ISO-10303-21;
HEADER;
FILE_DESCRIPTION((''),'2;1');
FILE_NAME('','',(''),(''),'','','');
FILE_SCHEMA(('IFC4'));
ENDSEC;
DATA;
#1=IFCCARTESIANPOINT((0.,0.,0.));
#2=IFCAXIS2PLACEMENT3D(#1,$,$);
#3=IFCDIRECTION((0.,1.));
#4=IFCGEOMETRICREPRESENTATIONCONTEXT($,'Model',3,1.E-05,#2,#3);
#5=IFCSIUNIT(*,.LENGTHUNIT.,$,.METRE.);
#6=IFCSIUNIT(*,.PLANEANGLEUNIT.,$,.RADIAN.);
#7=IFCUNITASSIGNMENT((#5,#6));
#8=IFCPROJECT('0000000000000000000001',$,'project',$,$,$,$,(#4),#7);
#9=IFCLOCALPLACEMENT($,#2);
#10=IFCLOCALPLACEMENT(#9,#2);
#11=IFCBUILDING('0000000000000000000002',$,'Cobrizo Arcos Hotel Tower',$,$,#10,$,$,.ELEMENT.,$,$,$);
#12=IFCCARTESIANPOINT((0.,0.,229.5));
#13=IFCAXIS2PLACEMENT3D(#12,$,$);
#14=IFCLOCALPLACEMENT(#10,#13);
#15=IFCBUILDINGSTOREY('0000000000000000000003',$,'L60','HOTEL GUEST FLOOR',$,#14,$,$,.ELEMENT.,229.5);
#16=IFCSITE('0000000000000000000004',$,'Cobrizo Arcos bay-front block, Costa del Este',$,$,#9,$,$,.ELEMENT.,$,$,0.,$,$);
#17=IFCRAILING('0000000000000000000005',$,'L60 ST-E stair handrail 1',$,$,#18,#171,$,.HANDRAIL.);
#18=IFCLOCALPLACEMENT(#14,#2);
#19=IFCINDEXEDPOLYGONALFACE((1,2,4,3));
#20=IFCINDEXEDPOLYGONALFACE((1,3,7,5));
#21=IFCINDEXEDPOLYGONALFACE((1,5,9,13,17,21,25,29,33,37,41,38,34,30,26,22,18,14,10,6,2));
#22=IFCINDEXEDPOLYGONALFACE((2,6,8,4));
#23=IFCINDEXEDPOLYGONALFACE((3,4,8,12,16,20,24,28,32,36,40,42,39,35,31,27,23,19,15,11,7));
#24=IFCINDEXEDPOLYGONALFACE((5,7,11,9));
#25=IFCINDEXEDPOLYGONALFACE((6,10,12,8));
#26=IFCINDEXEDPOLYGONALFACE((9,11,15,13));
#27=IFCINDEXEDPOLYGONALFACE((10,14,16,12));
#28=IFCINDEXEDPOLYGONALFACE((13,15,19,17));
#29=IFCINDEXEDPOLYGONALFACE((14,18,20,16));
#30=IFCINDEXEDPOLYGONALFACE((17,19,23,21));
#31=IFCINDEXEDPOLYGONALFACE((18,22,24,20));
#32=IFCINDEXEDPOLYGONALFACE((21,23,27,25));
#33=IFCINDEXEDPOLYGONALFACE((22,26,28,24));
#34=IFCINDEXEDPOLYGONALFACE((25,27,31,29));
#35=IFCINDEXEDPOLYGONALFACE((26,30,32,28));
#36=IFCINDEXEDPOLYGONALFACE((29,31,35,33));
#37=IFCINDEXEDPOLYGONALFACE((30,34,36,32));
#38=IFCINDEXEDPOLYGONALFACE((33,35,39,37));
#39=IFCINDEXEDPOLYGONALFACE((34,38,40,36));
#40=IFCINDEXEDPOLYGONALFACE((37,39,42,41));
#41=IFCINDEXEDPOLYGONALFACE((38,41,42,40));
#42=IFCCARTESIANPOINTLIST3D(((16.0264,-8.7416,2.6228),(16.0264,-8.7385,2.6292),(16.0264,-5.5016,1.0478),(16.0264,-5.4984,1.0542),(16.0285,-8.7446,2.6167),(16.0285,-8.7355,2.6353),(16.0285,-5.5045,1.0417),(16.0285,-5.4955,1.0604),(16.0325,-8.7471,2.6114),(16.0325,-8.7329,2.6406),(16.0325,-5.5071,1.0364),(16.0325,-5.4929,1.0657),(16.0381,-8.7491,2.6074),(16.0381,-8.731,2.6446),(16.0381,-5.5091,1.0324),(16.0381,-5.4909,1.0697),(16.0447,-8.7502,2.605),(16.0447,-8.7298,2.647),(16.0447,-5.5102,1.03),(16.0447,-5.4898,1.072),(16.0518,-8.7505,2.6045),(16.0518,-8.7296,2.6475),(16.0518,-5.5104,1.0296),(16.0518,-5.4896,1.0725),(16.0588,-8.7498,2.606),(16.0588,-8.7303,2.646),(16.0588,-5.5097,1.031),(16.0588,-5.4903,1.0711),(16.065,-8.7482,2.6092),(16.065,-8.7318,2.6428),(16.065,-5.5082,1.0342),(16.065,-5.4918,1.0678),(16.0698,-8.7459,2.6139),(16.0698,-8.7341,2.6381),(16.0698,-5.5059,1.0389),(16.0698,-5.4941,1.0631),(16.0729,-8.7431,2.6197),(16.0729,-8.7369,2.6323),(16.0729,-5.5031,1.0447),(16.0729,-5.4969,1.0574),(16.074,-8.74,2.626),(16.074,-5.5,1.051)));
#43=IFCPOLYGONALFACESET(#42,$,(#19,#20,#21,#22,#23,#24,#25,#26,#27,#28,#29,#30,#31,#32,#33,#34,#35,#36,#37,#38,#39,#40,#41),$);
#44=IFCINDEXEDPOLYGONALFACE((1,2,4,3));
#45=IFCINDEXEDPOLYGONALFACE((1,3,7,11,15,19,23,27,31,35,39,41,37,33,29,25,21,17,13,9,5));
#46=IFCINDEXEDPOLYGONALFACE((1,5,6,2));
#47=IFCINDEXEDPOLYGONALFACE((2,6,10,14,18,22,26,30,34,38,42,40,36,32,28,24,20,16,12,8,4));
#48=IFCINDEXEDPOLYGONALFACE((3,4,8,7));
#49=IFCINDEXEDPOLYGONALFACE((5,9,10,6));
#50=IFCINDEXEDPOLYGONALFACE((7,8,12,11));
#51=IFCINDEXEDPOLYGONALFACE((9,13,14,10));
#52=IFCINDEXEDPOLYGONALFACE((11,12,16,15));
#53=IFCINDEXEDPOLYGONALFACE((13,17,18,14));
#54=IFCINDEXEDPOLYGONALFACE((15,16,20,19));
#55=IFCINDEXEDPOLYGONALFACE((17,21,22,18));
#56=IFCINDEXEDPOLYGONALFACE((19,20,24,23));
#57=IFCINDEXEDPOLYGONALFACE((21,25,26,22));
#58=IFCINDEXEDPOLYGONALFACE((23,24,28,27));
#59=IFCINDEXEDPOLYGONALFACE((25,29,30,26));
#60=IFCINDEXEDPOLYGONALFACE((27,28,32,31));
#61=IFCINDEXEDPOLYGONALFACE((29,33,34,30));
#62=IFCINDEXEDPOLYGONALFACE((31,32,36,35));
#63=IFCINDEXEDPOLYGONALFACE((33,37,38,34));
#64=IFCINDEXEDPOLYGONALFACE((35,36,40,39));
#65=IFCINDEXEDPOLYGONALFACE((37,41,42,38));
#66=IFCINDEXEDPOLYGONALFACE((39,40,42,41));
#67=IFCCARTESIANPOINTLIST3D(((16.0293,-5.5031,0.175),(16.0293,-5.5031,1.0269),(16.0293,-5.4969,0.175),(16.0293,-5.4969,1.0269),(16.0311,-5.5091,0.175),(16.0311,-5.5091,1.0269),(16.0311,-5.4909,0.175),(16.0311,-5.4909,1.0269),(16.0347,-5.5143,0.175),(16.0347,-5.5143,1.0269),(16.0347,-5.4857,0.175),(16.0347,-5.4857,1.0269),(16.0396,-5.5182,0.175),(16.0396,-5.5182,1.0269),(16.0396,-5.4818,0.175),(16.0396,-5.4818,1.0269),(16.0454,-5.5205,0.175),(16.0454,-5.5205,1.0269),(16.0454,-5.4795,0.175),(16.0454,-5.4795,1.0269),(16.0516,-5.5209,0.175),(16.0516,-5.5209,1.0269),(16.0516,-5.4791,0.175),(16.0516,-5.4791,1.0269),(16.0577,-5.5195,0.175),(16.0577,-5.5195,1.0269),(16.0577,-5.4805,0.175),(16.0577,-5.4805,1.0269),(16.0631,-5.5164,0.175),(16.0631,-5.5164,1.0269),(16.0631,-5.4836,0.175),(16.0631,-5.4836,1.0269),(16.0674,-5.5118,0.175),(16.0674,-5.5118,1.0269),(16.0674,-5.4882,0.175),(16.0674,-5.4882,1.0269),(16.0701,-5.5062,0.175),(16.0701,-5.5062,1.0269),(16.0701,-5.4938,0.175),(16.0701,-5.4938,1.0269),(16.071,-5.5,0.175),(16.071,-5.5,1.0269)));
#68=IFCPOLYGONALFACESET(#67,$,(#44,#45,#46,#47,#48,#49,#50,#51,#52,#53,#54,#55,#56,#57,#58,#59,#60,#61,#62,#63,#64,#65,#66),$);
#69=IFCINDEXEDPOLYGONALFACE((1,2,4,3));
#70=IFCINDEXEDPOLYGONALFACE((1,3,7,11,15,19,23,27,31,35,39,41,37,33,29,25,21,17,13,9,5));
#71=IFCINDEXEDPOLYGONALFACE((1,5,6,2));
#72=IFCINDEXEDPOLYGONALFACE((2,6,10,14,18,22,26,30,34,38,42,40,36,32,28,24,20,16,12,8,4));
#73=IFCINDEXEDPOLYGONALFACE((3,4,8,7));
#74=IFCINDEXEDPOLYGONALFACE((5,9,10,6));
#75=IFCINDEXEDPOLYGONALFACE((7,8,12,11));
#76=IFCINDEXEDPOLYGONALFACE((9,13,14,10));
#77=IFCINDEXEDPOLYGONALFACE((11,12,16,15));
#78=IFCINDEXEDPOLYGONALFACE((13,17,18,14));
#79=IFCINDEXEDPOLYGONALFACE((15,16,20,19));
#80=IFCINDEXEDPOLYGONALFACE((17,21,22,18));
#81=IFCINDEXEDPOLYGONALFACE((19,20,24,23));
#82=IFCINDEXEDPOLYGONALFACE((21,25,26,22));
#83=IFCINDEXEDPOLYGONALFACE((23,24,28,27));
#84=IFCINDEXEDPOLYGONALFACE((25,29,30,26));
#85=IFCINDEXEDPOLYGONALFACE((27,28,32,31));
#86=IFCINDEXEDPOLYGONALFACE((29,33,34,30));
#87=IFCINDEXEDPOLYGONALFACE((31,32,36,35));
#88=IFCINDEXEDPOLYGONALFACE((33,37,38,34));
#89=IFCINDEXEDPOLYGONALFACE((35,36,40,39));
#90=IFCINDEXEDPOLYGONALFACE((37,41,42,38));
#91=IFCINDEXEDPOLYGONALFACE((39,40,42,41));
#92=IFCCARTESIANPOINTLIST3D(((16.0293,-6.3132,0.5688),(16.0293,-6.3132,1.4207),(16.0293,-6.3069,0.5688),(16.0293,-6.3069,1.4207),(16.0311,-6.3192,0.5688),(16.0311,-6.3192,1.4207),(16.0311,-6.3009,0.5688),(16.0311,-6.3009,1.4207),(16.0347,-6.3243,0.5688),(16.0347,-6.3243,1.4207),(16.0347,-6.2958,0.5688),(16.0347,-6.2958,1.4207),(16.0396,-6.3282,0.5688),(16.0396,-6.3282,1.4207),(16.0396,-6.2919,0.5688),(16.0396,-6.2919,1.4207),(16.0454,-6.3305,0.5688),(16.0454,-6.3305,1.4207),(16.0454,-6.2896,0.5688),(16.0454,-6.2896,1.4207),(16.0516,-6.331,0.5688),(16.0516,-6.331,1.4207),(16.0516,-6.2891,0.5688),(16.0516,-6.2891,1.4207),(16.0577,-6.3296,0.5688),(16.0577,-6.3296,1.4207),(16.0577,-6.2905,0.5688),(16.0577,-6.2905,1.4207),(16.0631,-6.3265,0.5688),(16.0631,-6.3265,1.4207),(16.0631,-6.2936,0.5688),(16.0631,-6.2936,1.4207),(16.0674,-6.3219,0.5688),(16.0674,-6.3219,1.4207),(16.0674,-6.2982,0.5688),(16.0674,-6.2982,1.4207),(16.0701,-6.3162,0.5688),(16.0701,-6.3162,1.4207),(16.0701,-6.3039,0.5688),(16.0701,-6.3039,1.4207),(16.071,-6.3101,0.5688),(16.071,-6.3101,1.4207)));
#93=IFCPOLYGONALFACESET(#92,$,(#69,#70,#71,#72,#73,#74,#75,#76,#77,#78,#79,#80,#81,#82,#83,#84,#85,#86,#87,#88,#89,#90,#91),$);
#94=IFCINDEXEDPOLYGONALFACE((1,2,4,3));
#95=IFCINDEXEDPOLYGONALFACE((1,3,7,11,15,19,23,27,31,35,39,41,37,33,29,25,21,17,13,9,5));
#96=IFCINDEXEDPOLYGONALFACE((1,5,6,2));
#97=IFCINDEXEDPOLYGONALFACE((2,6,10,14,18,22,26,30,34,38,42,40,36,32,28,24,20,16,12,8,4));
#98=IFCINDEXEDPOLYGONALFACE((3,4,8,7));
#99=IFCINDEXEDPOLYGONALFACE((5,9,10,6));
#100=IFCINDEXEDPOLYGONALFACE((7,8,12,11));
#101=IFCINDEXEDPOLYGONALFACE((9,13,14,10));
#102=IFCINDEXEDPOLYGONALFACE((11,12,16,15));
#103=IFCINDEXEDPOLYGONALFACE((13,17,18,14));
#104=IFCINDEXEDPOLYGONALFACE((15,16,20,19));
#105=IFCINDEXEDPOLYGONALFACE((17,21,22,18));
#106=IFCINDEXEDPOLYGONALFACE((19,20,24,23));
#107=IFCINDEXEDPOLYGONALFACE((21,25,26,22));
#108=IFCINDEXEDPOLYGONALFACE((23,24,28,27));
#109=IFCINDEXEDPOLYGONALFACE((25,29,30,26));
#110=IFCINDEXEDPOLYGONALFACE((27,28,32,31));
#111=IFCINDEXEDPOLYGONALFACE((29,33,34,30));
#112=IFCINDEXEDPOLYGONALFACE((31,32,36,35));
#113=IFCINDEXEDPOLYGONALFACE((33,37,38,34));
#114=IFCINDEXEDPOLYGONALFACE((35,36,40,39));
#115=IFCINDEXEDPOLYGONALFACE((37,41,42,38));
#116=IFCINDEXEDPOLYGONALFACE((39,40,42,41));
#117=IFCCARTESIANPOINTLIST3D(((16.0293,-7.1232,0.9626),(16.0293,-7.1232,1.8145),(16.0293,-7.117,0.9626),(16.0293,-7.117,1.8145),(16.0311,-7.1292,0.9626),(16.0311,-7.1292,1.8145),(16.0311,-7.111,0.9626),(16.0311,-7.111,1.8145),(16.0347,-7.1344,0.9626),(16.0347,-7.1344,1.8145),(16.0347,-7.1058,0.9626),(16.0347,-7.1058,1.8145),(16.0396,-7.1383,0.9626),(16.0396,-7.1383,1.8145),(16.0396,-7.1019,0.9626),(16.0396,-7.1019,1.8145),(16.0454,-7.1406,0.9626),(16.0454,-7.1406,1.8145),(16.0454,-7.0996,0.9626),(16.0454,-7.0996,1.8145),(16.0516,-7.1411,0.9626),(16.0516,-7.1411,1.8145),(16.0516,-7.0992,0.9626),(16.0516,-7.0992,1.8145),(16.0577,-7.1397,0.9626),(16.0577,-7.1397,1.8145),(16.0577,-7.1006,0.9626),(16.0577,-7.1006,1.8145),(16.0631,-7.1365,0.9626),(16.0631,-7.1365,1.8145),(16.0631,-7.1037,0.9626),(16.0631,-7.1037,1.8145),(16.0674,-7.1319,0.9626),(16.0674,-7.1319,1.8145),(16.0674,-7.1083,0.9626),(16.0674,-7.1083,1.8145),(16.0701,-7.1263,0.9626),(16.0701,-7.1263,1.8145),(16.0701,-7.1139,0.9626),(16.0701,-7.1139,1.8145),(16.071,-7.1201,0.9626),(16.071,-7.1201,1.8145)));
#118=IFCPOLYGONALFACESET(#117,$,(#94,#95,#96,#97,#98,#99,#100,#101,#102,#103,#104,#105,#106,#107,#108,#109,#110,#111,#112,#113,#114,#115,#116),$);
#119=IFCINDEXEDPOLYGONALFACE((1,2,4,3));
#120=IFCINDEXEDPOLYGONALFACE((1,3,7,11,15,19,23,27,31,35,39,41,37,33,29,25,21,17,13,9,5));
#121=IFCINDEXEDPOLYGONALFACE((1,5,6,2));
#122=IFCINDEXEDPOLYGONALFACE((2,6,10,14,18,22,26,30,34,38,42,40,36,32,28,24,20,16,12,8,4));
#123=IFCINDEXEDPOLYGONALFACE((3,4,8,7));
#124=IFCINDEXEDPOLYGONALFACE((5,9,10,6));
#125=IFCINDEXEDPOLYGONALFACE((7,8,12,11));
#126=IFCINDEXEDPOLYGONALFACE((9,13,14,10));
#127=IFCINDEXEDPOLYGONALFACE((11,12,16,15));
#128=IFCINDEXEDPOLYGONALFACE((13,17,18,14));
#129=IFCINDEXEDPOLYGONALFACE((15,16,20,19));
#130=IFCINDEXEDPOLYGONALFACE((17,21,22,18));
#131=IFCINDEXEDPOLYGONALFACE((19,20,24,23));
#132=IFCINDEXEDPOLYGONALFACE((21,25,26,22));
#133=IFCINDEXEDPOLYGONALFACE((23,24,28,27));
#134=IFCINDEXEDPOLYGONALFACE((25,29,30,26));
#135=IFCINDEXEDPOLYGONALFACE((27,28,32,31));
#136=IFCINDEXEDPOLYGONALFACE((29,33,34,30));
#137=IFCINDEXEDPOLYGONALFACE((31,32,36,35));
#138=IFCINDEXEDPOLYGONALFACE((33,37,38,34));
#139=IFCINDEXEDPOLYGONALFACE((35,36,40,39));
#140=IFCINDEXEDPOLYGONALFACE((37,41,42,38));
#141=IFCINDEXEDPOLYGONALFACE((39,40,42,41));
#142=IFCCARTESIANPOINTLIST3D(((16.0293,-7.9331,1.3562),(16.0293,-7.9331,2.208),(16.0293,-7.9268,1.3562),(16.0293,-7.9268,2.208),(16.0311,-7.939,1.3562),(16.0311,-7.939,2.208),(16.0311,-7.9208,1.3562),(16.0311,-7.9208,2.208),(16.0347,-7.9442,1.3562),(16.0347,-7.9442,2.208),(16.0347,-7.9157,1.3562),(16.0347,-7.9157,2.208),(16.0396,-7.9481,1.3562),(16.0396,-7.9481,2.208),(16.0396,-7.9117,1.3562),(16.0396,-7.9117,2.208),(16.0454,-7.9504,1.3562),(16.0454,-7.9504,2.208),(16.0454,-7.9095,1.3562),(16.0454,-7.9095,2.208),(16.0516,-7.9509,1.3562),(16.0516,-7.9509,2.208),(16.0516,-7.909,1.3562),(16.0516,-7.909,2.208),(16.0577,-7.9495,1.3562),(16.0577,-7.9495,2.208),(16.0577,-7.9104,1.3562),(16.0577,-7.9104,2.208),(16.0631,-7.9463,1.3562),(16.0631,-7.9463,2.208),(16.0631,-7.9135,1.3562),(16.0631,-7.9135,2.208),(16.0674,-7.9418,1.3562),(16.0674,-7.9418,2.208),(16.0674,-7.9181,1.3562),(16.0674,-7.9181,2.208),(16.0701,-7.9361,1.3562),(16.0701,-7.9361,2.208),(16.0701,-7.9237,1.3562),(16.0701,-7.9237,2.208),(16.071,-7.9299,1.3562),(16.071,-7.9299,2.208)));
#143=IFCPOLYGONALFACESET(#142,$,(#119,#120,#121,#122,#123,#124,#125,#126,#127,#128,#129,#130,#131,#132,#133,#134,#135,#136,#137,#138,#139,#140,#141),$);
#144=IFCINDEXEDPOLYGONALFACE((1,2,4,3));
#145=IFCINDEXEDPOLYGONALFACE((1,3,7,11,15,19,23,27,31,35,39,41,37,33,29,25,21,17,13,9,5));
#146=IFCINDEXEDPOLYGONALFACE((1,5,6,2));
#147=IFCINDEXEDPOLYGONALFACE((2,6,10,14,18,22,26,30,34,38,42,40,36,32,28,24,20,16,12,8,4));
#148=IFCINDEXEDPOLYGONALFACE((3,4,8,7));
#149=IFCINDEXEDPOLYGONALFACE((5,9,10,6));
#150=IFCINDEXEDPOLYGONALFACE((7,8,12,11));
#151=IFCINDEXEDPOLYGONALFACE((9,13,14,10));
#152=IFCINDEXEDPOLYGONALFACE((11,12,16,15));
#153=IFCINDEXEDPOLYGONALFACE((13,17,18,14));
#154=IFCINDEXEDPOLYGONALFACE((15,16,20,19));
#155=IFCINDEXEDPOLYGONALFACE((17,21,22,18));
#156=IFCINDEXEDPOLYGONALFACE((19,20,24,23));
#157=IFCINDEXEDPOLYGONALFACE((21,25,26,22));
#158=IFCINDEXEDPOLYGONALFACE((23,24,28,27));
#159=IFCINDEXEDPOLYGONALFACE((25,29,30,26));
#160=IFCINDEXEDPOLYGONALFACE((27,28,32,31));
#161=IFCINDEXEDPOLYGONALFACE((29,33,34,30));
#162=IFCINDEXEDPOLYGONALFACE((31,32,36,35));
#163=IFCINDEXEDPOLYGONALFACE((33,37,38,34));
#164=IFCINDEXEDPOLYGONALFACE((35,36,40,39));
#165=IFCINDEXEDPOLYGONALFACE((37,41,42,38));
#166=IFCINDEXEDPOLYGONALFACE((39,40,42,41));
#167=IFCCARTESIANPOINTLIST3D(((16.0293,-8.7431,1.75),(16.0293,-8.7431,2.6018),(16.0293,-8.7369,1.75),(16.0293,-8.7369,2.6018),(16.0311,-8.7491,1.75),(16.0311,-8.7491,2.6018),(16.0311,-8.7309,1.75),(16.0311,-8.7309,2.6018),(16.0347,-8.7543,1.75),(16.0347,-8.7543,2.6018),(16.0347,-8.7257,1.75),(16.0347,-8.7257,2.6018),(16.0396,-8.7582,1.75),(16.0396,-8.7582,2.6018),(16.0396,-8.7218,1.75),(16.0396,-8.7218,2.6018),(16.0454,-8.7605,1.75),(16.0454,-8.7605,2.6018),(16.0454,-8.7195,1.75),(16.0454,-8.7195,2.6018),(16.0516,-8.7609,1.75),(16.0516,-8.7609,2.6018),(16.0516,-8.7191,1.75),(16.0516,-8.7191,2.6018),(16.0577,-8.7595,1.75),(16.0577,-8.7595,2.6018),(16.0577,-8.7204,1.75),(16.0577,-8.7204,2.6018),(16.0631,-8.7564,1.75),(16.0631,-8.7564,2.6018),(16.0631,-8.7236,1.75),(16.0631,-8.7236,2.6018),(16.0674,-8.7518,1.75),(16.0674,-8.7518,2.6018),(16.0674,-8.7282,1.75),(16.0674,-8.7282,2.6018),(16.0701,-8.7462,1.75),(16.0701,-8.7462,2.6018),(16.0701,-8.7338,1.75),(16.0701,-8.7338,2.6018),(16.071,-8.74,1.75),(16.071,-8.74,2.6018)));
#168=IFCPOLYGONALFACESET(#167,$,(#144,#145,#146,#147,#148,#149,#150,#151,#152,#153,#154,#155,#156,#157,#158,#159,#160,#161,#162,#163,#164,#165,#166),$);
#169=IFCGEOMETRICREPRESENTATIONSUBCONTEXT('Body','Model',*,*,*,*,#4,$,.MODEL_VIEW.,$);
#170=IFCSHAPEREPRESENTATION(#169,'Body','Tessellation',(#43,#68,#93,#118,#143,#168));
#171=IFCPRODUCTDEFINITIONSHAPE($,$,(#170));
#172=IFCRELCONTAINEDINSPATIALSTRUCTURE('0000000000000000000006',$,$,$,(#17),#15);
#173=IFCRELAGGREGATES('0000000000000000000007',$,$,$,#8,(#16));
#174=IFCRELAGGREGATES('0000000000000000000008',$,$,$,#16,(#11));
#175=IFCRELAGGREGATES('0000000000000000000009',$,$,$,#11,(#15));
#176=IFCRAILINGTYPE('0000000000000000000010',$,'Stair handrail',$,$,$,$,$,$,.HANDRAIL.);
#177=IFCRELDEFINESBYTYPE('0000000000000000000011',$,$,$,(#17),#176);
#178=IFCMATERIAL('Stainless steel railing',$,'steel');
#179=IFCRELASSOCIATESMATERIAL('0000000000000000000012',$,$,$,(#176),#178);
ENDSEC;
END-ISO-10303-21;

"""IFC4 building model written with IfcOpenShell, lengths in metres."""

from ifc_helpers import new_model, si_unit, direction, frame, origin, origin_2d, place, context, subcontext, project, spatial, circle, extrude, material, type_object, element, save


model = new_model("IFC4")

# Units and contexts
model_context = context("Model", 3, precision=1e-05, world=origin(), true_north=direction((0.0, 1.0)))
body_context = subcontext(model_context, "Body", "Model", "MODEL_VIEW")
ifc_project = project(units=[si_unit("LENGTHUNIT", "METRE"), si_unit("PLANEANGLEUNIT", "RADIAN")], contexts=[model_context])

# Site, building, storey
site_placement = place(None, origin())
site = spatial("IfcSite", under=ifc_project, at=site_placement, Name="Cobrizo Arcos bay-front block, Costa del Este", CompositionType="ELEMENT", RefElevation=0.0)
building_placement = place(site_placement, origin())
building = spatial("IfcBuilding", under=site, at=building_placement, Name="Cobrizo Arcos Hotel Tower", CompositionType="ELEMENT")
storey_placement = place(building_placement, frame((0.0, 0.0, 229.5)))
storey = spatial("IfcBuildingStorey", under=building, at=storey_placement, Name="L60", Description="HOTEL GUEST FLOOR", CompositionType="ELEMENT", Elevation=229.5)

# Railing
ifc_material_1 = material(Name="Stainless steel railing", Category="steel")
railing_type_1 = type_object("IfcRailingType", Name="Stair handrail", PredefinedType="HANDRAIL", material=ifc_material_1)
railing_1_placement = place(storey_placement, frame((16.05, -5.5, 0.175)))
element("IfcRailing", 1, at=railing_1_placement, inside=storey, type_object=railing_type_1, Name="L60 ST-E stair handrail 1", PredefinedType="HANDRAIL", context=body_context, shape_type="SweptSolid", body=[
    extrude(circle(Radius=0.0239, at=origin_2d()), frame((0.0, 0.0, 0.876), z_axis=(0.0, -0.899373, 0.437183), x_axis=(1.0, 0.0, 0.0)), (0.0, 0.0, 1.0), 3.6025),
    extrude(circle(Radius=0.021, at=origin_2d()), origin(), (0.0, 0.0, 1.0), 0.8518),
    extrude(circle(Radius=0.021, at=origin_2d()), frame((0.0, -0.8101, 0.3938)), (0.0, 0.0, 1.0), 0.8518),
    extrude(circle(Radius=0.021, at=origin_2d()), frame((0.0, -1.6201, 0.7876)), (0.0, 0.0, 1.0), 0.8518),
    extrude(circle(Radius=0.021, at=origin_2d()), frame((0.0, -2.4299, 1.1812)), (0.0, 0.0, 1.0), 0.8518),
    extrude(circle(Radius=0.021, at=origin_2d()), frame((0.0, -3.24, 1.575)), (0.0, 0.0, 1.0), 0.8518),
])

save(model, "model.ifc")
